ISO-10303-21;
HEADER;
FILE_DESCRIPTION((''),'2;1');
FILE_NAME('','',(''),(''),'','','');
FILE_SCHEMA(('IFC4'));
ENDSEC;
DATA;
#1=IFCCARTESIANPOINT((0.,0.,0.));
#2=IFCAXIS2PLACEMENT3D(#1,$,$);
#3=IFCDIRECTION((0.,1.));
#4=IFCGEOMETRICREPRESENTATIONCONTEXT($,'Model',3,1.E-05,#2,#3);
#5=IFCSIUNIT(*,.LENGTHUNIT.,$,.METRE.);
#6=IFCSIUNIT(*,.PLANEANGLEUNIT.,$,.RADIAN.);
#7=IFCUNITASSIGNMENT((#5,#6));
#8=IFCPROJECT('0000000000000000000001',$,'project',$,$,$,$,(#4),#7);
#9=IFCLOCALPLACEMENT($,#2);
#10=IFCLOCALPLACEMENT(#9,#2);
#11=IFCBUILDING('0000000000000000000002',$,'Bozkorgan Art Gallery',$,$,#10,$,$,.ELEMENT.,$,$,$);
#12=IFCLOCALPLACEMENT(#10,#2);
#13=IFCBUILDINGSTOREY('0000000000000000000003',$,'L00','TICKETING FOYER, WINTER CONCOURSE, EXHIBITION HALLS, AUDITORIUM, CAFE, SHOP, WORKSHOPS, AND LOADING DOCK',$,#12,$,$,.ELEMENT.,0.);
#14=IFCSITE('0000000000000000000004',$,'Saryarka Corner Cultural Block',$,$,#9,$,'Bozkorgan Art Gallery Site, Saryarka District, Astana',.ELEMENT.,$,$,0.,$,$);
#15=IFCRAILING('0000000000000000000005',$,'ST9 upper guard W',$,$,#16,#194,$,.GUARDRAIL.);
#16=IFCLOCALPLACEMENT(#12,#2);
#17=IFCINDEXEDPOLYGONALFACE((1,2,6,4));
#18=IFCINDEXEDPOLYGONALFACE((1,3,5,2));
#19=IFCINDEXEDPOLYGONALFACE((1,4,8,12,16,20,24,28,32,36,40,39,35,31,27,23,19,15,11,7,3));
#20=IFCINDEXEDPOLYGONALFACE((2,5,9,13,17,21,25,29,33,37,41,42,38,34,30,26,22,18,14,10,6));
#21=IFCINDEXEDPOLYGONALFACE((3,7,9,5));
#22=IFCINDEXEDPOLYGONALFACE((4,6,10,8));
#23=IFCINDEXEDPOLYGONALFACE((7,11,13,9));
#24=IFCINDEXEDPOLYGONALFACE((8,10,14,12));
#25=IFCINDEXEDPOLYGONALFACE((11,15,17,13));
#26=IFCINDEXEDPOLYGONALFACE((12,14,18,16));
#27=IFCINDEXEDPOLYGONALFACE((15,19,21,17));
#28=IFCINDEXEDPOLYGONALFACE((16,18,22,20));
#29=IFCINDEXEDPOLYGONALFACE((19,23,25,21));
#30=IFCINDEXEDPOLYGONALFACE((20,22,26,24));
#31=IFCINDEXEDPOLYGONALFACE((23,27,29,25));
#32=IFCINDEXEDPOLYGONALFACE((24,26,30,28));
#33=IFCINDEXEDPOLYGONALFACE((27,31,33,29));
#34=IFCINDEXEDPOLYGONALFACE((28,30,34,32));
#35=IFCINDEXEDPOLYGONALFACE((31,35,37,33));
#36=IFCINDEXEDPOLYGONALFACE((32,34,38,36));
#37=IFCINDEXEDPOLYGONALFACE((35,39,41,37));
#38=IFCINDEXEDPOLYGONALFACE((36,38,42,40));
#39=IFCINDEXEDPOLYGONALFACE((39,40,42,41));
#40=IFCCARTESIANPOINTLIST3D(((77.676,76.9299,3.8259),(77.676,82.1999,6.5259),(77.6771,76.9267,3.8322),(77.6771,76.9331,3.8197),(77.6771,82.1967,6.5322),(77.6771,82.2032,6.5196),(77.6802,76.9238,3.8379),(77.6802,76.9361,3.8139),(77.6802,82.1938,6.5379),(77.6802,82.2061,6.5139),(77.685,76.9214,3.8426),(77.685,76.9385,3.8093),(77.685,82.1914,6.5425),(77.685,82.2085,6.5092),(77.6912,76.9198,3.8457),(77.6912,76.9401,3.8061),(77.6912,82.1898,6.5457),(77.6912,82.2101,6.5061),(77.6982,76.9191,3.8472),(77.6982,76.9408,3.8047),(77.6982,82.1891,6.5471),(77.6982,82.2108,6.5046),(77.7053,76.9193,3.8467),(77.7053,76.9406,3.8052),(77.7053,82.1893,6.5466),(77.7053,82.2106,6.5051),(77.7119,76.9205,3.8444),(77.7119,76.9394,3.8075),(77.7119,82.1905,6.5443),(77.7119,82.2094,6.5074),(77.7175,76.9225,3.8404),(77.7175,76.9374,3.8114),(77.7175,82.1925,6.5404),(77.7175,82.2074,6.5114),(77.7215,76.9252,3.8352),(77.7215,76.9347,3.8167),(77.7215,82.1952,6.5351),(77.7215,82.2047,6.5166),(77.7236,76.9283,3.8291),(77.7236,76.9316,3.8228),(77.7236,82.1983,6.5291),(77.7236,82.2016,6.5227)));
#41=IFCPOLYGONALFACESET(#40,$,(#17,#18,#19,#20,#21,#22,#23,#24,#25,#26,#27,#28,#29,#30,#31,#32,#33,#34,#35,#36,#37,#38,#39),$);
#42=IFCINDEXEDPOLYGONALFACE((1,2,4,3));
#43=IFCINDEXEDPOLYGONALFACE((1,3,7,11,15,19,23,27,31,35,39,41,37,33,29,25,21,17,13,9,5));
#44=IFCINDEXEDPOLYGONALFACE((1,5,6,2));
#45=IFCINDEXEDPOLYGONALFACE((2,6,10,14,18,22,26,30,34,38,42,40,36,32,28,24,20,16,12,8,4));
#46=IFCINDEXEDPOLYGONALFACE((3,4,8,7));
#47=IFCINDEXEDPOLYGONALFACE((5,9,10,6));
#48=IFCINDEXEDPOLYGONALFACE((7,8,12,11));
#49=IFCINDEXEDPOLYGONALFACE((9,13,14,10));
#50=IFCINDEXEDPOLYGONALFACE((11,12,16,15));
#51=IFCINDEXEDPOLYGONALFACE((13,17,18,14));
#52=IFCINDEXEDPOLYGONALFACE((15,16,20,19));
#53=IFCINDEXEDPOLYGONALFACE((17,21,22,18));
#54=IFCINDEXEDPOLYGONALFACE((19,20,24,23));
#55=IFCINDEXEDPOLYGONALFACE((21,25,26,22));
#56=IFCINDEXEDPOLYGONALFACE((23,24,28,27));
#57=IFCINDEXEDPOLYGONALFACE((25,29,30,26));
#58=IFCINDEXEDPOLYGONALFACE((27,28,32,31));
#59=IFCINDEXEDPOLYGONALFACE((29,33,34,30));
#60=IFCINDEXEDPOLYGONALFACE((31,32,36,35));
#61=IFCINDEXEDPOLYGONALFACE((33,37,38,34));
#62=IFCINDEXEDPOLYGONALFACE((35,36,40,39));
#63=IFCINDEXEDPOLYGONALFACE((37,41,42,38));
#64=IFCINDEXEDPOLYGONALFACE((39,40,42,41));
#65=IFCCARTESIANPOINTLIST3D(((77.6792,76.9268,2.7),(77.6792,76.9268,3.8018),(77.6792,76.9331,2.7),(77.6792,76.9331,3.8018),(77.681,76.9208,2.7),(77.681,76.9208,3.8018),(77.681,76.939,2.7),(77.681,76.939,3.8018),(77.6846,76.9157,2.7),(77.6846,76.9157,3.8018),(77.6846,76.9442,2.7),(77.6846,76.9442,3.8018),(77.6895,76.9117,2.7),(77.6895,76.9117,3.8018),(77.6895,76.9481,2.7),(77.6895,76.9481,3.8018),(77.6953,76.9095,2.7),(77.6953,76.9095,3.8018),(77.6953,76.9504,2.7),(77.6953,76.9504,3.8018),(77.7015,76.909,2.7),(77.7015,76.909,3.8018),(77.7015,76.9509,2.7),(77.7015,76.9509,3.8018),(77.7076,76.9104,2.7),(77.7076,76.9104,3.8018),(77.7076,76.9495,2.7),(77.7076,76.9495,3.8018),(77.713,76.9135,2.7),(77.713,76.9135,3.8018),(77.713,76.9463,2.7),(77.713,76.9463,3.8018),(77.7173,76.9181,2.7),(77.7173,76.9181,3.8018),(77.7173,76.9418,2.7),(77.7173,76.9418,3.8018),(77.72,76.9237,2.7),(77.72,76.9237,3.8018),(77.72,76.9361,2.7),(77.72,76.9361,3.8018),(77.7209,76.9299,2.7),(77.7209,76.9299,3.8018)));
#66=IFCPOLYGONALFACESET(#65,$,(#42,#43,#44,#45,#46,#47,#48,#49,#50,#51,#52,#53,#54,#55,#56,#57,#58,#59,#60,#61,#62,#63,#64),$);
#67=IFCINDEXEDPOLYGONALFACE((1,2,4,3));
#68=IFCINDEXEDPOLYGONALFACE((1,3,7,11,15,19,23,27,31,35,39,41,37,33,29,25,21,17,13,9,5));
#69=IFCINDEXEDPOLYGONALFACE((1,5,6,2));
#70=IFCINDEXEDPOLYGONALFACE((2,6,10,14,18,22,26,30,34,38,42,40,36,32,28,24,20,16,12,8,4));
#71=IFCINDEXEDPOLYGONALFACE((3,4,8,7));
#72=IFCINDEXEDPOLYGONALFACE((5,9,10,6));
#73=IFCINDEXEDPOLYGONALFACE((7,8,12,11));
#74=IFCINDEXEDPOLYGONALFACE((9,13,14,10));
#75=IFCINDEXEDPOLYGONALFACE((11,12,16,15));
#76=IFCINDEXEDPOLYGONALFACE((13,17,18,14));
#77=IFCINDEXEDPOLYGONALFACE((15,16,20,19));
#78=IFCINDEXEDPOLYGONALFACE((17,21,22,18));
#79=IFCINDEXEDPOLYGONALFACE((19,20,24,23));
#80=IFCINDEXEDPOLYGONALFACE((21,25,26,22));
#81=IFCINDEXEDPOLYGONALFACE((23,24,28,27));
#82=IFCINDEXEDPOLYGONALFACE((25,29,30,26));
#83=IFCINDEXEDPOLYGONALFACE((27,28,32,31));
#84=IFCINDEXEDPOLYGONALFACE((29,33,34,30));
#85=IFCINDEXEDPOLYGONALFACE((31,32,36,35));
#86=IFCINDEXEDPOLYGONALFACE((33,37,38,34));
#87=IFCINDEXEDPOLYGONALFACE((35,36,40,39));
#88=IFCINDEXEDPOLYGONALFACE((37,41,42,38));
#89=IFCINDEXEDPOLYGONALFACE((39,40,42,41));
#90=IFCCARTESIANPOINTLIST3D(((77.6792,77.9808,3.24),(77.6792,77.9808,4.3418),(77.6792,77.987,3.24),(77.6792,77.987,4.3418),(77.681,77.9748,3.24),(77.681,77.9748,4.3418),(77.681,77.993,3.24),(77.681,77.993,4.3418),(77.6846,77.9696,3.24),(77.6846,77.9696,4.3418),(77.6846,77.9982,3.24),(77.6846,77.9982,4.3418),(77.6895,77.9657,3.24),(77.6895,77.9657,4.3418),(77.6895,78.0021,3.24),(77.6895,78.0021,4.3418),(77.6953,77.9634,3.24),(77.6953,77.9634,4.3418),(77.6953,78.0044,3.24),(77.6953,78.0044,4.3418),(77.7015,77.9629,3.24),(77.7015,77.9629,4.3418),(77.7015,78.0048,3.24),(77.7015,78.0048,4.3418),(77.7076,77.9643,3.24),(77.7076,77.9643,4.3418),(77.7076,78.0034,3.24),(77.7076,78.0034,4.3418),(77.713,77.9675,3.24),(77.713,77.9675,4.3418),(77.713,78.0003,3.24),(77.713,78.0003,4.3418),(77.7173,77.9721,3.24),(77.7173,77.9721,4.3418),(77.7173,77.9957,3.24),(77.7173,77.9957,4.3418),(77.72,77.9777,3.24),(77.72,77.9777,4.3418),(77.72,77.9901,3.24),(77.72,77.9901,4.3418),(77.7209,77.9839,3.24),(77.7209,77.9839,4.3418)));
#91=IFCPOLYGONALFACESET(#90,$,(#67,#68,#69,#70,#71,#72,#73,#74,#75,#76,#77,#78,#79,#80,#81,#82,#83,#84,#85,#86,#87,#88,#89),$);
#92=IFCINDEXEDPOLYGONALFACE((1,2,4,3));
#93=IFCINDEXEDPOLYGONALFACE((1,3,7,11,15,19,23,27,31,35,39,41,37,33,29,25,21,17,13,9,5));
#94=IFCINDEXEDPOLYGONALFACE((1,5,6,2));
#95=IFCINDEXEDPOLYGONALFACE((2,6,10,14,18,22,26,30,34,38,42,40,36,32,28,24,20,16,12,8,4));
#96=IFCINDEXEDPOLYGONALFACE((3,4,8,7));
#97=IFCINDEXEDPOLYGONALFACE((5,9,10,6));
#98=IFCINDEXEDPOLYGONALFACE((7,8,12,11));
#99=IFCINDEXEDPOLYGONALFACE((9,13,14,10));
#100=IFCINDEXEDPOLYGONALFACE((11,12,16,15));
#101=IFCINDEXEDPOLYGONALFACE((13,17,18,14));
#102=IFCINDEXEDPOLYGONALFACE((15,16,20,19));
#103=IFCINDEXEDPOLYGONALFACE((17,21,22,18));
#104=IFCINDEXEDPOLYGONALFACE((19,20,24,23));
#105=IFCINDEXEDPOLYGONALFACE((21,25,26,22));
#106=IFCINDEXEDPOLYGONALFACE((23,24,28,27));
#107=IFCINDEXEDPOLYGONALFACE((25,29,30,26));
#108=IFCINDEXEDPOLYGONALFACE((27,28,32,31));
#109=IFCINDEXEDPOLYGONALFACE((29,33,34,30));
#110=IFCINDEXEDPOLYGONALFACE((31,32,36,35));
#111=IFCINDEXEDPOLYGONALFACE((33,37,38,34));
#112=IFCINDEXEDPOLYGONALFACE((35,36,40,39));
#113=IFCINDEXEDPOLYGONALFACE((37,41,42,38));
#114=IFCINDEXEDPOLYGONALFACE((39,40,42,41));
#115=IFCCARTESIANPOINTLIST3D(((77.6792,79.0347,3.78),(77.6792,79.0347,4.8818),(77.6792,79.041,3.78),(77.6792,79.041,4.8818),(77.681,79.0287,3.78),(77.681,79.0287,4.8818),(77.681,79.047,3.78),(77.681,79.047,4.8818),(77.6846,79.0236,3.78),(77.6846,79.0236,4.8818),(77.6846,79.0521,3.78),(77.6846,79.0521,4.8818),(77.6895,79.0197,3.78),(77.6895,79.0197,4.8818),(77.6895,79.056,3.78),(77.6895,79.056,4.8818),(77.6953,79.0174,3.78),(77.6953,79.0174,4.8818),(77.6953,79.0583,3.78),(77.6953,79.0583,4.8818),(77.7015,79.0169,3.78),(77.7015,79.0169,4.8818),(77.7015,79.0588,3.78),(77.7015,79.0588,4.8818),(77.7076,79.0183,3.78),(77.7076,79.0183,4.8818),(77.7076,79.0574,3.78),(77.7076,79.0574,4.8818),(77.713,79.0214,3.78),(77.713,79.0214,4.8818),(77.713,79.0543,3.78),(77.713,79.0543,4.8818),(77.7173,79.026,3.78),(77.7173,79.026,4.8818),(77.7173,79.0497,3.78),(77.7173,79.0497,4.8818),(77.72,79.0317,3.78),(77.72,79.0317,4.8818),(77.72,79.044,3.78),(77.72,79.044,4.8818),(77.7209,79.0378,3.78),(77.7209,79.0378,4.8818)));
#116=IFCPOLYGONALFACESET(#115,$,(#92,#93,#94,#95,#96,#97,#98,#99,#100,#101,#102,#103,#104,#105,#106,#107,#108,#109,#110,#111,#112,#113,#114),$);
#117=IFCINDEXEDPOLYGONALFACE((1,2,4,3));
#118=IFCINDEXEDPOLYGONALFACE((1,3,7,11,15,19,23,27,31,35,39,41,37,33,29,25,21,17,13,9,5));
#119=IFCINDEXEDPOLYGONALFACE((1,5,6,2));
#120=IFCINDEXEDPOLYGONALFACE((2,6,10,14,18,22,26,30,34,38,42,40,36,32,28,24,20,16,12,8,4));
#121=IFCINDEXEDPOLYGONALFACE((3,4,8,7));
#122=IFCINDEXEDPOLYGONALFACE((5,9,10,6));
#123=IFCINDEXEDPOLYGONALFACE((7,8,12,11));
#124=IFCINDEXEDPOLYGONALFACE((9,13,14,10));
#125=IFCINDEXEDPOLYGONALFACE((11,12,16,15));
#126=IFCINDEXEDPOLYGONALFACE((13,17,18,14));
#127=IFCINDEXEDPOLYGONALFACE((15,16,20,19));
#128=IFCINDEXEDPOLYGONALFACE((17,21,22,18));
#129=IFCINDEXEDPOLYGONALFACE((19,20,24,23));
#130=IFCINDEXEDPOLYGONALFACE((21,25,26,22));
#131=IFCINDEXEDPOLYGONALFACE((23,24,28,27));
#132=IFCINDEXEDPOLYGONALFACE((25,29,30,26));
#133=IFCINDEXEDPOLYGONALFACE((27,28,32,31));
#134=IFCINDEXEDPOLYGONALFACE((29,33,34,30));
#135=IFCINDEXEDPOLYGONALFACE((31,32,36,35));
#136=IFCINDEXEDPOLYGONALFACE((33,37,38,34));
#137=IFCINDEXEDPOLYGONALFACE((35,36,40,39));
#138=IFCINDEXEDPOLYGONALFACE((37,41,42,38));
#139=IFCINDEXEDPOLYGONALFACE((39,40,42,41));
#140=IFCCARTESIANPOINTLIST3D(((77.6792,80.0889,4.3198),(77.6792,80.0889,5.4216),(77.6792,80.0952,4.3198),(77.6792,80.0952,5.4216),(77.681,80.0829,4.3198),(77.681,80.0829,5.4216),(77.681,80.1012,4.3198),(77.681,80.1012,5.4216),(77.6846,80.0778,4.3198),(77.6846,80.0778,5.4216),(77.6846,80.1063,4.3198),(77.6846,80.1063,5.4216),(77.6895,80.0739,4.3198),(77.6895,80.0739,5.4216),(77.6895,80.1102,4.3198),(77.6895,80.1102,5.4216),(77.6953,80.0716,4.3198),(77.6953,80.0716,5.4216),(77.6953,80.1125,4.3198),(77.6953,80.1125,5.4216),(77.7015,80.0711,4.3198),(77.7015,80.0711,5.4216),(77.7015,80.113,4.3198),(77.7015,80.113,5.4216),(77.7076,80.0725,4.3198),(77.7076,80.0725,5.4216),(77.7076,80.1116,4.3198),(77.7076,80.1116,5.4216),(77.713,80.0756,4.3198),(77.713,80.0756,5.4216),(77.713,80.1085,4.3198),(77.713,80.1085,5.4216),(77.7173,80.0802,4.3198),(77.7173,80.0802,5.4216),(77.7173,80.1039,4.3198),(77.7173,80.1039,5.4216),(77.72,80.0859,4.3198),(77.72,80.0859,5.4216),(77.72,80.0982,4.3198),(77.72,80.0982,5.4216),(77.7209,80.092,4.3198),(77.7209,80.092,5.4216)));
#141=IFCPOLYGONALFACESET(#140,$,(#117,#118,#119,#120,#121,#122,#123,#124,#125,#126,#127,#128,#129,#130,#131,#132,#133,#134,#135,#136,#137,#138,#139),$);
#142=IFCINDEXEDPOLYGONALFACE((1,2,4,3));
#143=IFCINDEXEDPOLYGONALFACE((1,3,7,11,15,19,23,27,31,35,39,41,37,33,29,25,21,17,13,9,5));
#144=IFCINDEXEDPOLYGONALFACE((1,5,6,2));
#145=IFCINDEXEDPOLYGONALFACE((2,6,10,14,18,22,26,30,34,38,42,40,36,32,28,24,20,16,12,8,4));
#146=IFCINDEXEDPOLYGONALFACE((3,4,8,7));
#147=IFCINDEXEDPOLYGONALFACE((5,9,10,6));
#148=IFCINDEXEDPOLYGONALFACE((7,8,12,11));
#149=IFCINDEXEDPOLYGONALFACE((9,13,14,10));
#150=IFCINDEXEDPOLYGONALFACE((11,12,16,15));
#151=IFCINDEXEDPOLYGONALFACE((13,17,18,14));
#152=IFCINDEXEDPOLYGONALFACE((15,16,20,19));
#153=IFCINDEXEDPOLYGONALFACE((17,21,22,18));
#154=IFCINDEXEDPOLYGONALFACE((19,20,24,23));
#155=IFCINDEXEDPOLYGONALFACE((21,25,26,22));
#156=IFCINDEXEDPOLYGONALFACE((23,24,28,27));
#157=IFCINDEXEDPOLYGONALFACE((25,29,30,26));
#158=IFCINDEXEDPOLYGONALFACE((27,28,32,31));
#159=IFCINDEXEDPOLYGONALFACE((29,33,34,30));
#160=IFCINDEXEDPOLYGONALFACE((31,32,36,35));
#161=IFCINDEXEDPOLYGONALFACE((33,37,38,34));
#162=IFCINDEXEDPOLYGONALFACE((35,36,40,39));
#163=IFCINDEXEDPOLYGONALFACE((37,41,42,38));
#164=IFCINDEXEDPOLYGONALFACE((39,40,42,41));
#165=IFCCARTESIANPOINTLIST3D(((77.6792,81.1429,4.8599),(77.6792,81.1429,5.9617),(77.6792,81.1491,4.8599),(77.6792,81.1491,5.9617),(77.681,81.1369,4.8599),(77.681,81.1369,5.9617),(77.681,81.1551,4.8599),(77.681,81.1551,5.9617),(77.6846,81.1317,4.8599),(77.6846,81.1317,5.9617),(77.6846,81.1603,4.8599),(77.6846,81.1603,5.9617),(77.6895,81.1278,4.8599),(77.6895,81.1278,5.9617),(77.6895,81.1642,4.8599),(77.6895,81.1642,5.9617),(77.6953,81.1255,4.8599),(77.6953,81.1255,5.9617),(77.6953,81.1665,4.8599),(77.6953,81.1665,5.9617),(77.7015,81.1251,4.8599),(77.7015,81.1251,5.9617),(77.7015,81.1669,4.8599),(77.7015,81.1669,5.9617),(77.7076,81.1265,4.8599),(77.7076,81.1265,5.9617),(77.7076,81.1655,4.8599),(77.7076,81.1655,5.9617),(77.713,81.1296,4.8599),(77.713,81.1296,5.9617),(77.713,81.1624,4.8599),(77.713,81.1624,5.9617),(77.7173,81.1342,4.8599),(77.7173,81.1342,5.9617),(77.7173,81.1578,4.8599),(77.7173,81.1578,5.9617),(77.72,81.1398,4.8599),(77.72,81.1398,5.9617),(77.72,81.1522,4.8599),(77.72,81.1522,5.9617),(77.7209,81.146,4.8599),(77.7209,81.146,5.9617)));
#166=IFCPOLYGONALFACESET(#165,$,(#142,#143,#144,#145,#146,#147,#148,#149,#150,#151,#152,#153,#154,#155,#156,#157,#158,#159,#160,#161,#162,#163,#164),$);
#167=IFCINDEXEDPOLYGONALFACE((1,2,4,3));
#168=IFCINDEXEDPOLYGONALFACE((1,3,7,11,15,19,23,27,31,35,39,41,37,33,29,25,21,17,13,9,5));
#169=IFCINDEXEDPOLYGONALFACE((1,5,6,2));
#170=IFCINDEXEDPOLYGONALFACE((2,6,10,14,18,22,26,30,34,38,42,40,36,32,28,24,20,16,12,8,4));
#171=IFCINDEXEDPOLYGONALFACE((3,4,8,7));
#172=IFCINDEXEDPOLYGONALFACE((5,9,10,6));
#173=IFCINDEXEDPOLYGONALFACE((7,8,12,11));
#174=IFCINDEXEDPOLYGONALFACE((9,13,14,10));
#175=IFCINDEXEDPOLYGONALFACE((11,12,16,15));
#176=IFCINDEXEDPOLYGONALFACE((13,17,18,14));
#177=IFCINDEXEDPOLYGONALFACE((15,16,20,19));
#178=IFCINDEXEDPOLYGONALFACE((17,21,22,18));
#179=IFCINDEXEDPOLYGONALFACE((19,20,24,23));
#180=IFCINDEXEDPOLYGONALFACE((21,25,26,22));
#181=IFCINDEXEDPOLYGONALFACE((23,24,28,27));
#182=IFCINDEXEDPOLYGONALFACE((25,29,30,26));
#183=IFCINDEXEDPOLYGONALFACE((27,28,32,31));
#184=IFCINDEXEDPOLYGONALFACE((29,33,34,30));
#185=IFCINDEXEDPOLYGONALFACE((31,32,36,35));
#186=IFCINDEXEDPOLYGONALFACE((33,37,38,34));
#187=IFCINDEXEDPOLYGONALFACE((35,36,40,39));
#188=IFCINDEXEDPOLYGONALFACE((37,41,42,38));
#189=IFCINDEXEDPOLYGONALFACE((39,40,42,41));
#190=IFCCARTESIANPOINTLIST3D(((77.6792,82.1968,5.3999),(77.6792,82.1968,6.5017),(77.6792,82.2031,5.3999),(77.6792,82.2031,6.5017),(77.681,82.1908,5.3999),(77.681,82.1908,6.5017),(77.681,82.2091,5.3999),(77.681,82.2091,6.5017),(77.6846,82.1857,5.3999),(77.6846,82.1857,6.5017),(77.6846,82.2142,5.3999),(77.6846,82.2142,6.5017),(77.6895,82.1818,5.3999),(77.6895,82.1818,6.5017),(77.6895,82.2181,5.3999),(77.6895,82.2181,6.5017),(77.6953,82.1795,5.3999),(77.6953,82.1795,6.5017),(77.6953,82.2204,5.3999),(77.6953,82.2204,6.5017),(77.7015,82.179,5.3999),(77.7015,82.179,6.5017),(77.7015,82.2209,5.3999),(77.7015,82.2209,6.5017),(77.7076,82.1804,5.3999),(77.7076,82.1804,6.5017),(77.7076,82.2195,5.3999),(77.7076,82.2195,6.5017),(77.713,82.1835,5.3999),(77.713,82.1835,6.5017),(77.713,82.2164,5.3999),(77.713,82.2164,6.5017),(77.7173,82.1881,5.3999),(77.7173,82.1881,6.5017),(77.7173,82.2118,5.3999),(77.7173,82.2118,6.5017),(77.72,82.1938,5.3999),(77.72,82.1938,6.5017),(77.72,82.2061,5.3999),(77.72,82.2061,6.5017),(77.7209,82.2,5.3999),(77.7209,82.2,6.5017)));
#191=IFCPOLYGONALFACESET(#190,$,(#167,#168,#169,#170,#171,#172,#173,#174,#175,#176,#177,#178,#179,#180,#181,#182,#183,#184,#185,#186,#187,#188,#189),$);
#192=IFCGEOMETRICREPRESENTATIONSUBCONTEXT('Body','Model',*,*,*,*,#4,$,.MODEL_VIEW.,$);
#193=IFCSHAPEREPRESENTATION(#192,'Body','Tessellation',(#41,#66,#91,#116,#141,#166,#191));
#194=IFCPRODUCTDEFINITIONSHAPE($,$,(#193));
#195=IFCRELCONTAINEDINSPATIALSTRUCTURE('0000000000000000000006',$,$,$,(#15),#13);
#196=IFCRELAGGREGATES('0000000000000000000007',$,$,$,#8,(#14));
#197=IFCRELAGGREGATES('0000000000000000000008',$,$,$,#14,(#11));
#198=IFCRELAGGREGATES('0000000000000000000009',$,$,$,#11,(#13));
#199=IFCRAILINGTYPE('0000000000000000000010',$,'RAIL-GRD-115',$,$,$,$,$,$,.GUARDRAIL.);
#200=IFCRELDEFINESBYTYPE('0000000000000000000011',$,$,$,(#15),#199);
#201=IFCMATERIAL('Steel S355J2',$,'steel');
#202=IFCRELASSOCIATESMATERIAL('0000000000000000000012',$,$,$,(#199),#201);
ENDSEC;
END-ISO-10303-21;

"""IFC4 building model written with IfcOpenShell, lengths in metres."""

from ifc_helpers import new_model, si_unit, direction, frame, origin, origin_2d, place, context, subcontext, project, spatial, circle, extrude, material, type_object, element, save


model = new_model("IFC4")

# Units and contexts
model_context = context("Model", 3, precision=1e-05, world=origin(), true_north=direction((0.0, 1.0)))
body_context = subcontext(model_context, "Body", "Model", "MODEL_VIEW")
ifc_project = project(units=[si_unit("LENGTHUNIT", "METRE"), si_unit("PLANEANGLEUNIT", "RADIAN")], contexts=[model_context])

# Site, building, storey
site_placement = place(None, origin())
site = spatial("IfcSite", under=ifc_project, at=site_placement, Name="Saryarka Corner Cultural Block", LongName="Bozkorgan Art Gallery Site, Saryarka District, Astana", CompositionType="ELEMENT", RefElevation=0.0)
building_placement = place(site_placement, origin())
building = spatial("IfcBuilding", under=site, at=building_placement, Name="Bozkorgan Art Gallery", CompositionType="ELEMENT")
storey_placement = place(building_placement, origin())
storey = spatial("IfcBuildingStorey", under=building, at=storey_placement, Name="L00", Description="TICKETING FOYER, WINTER CONCOURSE, EXHIBITION HALLS, AUDITORIUM, CAFE, SHOP, WORKSHOPS, AND LOADING DOCK", CompositionType="ELEMENT", Elevation=0.0)

# Shared definitions
ifc_material_1 = material(Name="Steel S355J2", Category="steel")

# Railing
railing_type = type_object("IfcRailingType", Name="RAIL-GRD-115", PredefinedType="GUARDRAIL", material=ifc_material_1)
for number, where, name in (
    (1, (77.7, 76.9299, 2.7), "ST9 upper guard W"),
):
    element("IfcRailing", number, at=place(storey_placement, frame(where)), inside=storey, type_object=railing_type, Name=name, PredefinedType="GUARDRAIL", context=body_context, shape_type="SweptSolid", body=[
        extrude(circle(Radius=0.0239, at=origin_2d()), frame((0.0, 0.0, 1.126), z_axis=(0.0, 0.889997, 0.455966), x_axis=(-1.0, 0.0, 0.0)), (0.0, 0.0, 1.0), 5.9214),
        extrude(circle(Radius=0.021, at=origin_2d()), origin(), (0.0, 0.0, 1.0), 1.1018),
        extrude(circle(Radius=0.021, at=origin_2d()), frame((0.0, 1.054, 0.54)), (0.0, 0.0, 1.0), 1.1018),
        extrude(circle(Radius=0.021, at=origin_2d()), frame((0.0, 2.1079, 1.0801)), (0.0, 0.0, 1.0), 1.1018),
        extrude(circle(Radius=0.021, at=origin_2d()), frame((0.0, 3.1621, 1.6199)), (0.0, 0.0, 1.0), 1.1018),
        extrude(circle(Radius=0.021, at=origin_2d()), frame((0.0, 4.2161, 2.1599)), (0.0, 0.0, 1.0), 1.1018),
        extrude(circle(Radius=0.021, at=origin_2d()), frame((0.0, 5.27, 2.7)), (0.0, 0.0, 1.0), 1.1018),
    ])

save(model, "model.ifc")
